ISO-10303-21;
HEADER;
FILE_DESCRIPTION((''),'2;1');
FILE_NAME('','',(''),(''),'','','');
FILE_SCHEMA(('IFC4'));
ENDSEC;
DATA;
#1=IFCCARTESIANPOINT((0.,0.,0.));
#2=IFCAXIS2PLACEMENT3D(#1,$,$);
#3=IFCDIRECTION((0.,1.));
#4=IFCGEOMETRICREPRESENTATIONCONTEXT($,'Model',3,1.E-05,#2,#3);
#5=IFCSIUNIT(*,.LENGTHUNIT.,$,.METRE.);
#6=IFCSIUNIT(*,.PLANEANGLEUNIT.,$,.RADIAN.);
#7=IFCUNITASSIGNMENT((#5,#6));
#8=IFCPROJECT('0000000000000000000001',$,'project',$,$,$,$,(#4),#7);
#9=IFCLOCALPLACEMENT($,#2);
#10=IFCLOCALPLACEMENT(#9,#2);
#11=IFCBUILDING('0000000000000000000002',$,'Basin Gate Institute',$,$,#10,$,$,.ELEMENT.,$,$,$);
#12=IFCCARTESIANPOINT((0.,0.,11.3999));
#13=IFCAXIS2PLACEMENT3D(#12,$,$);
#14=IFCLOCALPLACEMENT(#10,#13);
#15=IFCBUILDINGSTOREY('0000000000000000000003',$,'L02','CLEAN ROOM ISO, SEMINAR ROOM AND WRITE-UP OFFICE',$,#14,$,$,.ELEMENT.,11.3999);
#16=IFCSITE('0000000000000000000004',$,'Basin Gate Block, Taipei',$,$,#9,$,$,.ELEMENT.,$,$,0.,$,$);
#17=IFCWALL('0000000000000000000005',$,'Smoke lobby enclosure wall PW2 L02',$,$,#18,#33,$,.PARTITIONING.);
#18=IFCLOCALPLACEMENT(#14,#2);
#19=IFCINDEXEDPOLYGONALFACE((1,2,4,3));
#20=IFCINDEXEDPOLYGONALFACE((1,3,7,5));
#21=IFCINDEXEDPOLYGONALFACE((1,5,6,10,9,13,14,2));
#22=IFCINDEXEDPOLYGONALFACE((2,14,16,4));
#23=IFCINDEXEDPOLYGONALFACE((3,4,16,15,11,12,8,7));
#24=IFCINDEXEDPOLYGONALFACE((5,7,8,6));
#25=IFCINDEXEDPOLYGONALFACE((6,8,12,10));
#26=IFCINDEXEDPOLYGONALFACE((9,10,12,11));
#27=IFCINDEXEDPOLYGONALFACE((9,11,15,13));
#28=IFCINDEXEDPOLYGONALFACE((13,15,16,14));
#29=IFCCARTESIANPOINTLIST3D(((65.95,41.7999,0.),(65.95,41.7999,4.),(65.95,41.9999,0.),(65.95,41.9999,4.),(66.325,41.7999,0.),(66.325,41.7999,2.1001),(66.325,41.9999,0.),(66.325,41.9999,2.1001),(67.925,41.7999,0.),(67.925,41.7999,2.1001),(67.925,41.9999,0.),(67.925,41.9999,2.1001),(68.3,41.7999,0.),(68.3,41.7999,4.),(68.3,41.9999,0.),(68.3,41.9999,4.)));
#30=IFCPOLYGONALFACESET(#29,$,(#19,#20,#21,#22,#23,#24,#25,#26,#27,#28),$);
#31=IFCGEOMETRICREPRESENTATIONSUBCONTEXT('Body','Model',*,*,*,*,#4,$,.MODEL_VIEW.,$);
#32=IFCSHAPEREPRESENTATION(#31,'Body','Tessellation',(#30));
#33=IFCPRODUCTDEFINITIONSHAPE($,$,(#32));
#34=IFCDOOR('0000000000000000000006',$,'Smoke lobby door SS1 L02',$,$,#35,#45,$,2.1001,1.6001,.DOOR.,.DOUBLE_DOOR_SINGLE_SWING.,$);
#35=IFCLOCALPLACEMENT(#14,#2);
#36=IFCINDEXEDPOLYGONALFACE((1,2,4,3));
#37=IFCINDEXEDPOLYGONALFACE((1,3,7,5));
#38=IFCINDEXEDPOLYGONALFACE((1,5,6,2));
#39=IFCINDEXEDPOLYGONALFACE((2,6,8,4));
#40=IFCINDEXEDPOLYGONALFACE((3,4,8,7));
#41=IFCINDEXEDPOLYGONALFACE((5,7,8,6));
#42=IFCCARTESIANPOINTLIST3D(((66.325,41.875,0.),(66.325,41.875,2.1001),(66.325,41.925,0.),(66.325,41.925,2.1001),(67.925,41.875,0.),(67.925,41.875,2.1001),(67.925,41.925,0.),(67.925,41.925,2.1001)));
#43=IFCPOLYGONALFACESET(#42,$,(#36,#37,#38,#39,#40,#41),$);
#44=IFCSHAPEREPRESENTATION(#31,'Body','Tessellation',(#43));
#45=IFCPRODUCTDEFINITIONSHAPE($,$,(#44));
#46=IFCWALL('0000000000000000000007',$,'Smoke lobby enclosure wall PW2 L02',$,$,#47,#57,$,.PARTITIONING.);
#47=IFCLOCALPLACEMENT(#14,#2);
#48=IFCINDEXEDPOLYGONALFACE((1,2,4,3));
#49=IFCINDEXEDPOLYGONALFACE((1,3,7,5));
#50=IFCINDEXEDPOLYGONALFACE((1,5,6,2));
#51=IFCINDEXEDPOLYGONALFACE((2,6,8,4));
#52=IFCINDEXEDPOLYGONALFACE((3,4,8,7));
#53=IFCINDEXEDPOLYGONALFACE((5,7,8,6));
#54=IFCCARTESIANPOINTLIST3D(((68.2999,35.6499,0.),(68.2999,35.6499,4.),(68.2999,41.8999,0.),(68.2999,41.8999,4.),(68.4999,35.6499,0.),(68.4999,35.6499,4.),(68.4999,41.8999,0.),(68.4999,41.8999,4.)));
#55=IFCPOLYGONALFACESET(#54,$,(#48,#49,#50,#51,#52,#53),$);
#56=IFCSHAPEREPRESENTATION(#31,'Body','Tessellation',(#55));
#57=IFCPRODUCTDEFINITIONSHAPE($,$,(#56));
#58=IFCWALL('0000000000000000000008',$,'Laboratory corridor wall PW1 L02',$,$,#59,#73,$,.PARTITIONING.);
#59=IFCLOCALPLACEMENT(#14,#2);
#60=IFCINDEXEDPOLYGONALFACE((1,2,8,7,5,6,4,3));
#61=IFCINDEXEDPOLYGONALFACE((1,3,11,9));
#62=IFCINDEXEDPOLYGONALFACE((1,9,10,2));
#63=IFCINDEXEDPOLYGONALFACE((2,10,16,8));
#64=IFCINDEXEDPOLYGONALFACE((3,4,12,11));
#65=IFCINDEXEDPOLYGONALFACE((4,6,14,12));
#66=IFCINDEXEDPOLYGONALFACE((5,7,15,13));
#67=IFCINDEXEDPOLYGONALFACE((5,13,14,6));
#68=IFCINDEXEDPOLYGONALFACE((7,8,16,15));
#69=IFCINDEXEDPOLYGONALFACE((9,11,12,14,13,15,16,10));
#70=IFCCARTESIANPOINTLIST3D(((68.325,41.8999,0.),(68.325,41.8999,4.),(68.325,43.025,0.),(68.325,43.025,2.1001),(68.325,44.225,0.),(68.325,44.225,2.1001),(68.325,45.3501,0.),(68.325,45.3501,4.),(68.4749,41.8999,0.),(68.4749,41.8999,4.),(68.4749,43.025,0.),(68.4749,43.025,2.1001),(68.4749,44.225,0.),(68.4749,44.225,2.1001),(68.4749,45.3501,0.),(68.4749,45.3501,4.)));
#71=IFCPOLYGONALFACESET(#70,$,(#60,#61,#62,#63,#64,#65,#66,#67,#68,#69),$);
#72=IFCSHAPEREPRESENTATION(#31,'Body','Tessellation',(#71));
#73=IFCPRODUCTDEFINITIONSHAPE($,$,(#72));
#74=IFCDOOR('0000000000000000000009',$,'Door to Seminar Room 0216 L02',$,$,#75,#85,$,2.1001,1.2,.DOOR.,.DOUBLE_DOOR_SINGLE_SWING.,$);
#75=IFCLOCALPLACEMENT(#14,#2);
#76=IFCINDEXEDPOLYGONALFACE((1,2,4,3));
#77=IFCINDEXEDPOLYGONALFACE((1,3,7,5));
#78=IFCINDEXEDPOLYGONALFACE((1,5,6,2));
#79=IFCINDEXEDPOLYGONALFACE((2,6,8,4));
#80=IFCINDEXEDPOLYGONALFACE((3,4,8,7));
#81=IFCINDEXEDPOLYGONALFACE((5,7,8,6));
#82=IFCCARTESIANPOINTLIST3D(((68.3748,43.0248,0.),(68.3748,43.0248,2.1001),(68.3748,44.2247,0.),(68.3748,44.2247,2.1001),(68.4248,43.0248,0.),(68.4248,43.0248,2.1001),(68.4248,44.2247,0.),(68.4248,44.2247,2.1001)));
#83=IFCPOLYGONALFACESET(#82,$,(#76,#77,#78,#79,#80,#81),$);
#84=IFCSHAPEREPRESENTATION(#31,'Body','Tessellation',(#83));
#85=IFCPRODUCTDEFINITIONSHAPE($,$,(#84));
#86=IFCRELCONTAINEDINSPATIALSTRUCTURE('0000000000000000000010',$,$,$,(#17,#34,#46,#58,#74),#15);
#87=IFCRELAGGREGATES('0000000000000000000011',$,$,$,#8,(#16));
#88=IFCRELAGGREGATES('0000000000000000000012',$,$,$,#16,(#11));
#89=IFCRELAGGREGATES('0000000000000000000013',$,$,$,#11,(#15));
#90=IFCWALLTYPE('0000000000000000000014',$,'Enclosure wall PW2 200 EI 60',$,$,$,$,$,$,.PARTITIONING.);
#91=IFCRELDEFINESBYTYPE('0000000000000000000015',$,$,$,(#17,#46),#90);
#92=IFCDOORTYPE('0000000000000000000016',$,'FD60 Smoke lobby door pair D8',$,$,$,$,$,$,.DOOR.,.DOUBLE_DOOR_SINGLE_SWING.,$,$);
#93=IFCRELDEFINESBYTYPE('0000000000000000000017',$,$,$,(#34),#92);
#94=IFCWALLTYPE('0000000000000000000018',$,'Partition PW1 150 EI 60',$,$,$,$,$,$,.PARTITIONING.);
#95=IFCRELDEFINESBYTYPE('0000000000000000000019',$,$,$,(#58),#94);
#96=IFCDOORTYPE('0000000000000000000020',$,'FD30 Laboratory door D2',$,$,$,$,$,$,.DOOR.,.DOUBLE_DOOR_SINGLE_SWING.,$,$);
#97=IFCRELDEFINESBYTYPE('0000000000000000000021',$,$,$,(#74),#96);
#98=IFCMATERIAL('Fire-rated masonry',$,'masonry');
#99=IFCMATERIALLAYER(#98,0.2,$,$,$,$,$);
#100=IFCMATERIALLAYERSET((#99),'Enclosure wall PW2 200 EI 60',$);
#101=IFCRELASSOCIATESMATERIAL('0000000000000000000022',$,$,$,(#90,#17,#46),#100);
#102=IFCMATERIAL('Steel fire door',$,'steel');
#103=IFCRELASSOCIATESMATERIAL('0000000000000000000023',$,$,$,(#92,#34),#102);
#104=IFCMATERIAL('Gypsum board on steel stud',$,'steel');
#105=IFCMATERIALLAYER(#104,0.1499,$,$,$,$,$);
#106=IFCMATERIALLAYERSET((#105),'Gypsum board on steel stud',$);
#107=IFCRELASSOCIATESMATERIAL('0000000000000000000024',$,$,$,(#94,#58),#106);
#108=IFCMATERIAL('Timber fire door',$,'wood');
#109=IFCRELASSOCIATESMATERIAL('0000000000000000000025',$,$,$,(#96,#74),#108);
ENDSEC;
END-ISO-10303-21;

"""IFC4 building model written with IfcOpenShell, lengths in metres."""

from ifc_helpers import new_model, si_unit, direction, frame, frame_2d, origin, place, context, subcontext, project, spatial, rectangle, extrude, material, layer, layer_set, type_object, element, fill, save


model = new_model("IFC4")

# Units and contexts
model_context = context("Model", 3, precision=1e-05, world=origin(), true_north=direction((0.0, 1.0)))
body_context = subcontext(model_context, "Body", "Model", "MODEL_VIEW")
ifc_project = project(units=[si_unit("LENGTHUNIT", "METRE"), si_unit("PLANEANGLEUNIT", "RADIAN")], contexts=[model_context])

# Site, building, storey
site_placement = place(None, origin())
site = spatial("IfcSite", under=ifc_project, at=site_placement, Name="Basin Gate Block, Taipei", CompositionType="ELEMENT", RefElevation=0.0)
building_placement = place(site_placement, origin())
building = spatial("IfcBuilding", under=site, at=building_placement, Name="Basin Gate Institute", CompositionType="ELEMENT")
storey_placement = place(building_placement, frame((0.0, 0.0, 11.3999)))
storey = spatial("IfcBuildingStorey", under=building, at=storey_placement, Name="L02", Description="CLEAN ROOM ISO, SEMINAR ROOM AND WRITE-UP OFFICE", CompositionType="ELEMENT", Elevation=11.3999)

# Wall, opening, door
ifc_material_1 = material(Name="Fire-rated masonry", Category="masonry")
ifc_layer_1 = layer(ifc_material_1, 0.2)
ifc_layer_set_1 = layer_set([ifc_layer_1], Name="Enclosure wall PW2 200 EI 60")
wall_type_1 = type_object("IfcWallType", Name="Enclosure wall PW2 200 EI 60", PredefinedType="PARTITIONING", material=ifc_layer_set_1)
wall_1_placement = place(storey_placement, frame((65.95, 41.8999, 0.0), z_axis=(0.0, 0.0, 1.0), x_axis=(1.0, 0.0, 0.0)))
wall_1 = element("IfcWall", 1, at=wall_1_placement, inside=storey, type_object=wall_type_1, material=ifc_layer_set_1, Name="Smoke lobby enclosure wall PW2 L02", PredefinedType="PARTITIONING", context=body_context, shape_type="SweptSolid", body=[
    extrude(rectangle(XDim=2.3501, YDim=0.2, at=frame_2d((1.175, 0.0))), origin(), (0.0, 0.0, 1.0), 4.0),
])
opening_1_placement = place(wall_1_placement, frame((0.375, 0.0, 0.0)))
opening_1 = element("IfcOpeningElement", 2, at=opening_1_placement, cuts=wall_1, PredefinedType="OPENING", context=body_context, shape_type="SweptSolid", body=[
    extrude(rectangle(XDim=1.6001, YDim=2.1001, at=frame_2d((0.8, 1.05))), frame((0.0, 0.1099, 0.0), z_axis=(0.0, -1.0, 0.0), x_axis=(1.0, 0.0, 0.0)), (0.0, 0.0, 1.0), 0.22),
])
ifc_material_2 = material(Name="Steel fire door", Category="steel")
door_type_1 = type_object("IfcDoorType", Name="FD60 Smoke lobby door pair D8", OperationType="DOUBLE_DOOR_SINGLE_SWING", PredefinedType="DOOR", material=ifc_material_2)
door_1_placement = place(opening_1_placement, frame((1.6001, 0.0, 0.0), z_axis=(0.0, 0.0, 1.0), x_axis=(-1.0, 0.0, 0.0)))
door_1 = element("IfcDoor", 3, at=door_1_placement, inside=storey, type_object=door_type_1, material=ifc_material_2, Name="Smoke lobby door SS1 L02", OperationType="DOUBLE_DOOR_SINGLE_SWING", OverallHeight=2.1001, OverallWidth=1.6001, PredefinedType="DOOR", context=body_context, shape_type="SweptSolid", body=[
    extrude(rectangle(XDim=1.6001, YDim=2.1001, at=frame_2d((0.8, 1.05))), frame((0.0, 0.0249, 0.0), z_axis=(0.0, -1.0, 0.0), x_axis=(1.0, 0.0, 0.0)), (0.0, 0.0, 1.0), 0.05),
])
fill(opening_1, door_1)

# Wall
wall_2_placement = place(storey_placement, frame((68.3999, 35.6499, 0.0), z_axis=(0.0, 0.0, 1.0), x_axis=(0.0, 1.0, 0.0)))
element("IfcWall", 4, at=wall_2_placement, inside=storey, type_object=wall_type_1, material=ifc_layer_set_1, Name="Smoke lobby enclosure wall PW2 L02", PredefinedType="PARTITIONING", context=body_context, shape_type="SweptSolid", body=[
    extrude(rectangle(XDim=6.25, YDim=0.2, at=frame_2d((3.125, 0.0))), origin(), (0.0, 0.0, 1.0), 4.0),
])

# Wall, opening, door
ifc_material_3 = material(Name="Gypsum board on steel stud", Category="steel")
ifc_layer_2 = layer(ifc_material_3, 0.1499)
ifc_layer_set_2 = layer_set([ifc_layer_2], Name="Gypsum board on steel stud")
wall_type_2 = type_object("IfcWallType", Name="Partition PW1 150 EI 60", PredefinedType="PARTITIONING", material=ifc_layer_set_2)
wall_3_placement = place(storey_placement, frame((68.3999, 41.8999, 0.0), z_axis=(0.0, 0.0, 1.0), x_axis=(0.0, 1.0, 0.0)))
wall_3 = element("IfcWall", 5, at=wall_3_placement, inside=storey, type_object=wall_type_2, material=ifc_layer_set_2, Name="Laboratory corridor wall PW1 L02", PredefinedType="PARTITIONING", context=body_context, shape_type="SweptSolid", body=[
    extrude(rectangle(XDim=3.4502, YDim=0.1499, at=frame_2d((1.7251, 0.0))), origin(), (0.0, 0.0, 1.0), 4.0),
])
opening_2_placement = place(wall_3_placement, frame((1.125, 0.0, 0.0)))
opening_2 = element("IfcOpeningElement", 6, at=opening_2_placement, cuts=wall_3, PredefinedType="OPENING", context=body_context, shape_type="SweptSolid", body=[
    extrude(rectangle(XDim=1.2, YDim=2.1001, at=frame_2d((0.6001, 1.05))), frame((0.0, 0.085, 0.0), z_axis=(0.0, -1.0, 0.0), x_axis=(1.0, 0.0, 0.0)), (0.0, 0.0, 1.0), 0.1699),
])
ifc_material_4 = material(Name="Timber fire door", Category="wood")
door_type_2 = type_object("IfcDoorType", Name="FD30 Laboratory door D2", OperationType="DOUBLE_DOOR_SINGLE_SWING", PredefinedType="DOOR", material=ifc_material_4)
door_2_placement = place(opening_2_placement, frame((1.2, 0.0, 0.0), z_axis=(0.0, 0.0, 1.0), x_axis=(-1.0, 0.0, 0.0)))
door_2 = element("IfcDoor", 7, at=door_2_placement, inside=storey, type_object=door_type_2, material=ifc_material_4, Name="Door to Seminar Room 0216 L02", OperationType="DOUBLE_DOOR_SINGLE_SWING", OverallHeight=2.1001, OverallWidth=1.2, PredefinedType="DOOR", context=body_context, shape_type="SweptSolid", body=[
    extrude(rectangle(XDim=1.2, YDim=2.1001, at=frame_2d((0.6001, 1.05))), frame((0.0, 0.0249, 0.0), z_axis=(0.0, -1.0, 0.0), x_axis=(1.0, 0.0, 0.0)), (0.0, 0.0, 1.0), 0.05),
])
fill(opening_2, door_2)

save(model, "model.ifc")
